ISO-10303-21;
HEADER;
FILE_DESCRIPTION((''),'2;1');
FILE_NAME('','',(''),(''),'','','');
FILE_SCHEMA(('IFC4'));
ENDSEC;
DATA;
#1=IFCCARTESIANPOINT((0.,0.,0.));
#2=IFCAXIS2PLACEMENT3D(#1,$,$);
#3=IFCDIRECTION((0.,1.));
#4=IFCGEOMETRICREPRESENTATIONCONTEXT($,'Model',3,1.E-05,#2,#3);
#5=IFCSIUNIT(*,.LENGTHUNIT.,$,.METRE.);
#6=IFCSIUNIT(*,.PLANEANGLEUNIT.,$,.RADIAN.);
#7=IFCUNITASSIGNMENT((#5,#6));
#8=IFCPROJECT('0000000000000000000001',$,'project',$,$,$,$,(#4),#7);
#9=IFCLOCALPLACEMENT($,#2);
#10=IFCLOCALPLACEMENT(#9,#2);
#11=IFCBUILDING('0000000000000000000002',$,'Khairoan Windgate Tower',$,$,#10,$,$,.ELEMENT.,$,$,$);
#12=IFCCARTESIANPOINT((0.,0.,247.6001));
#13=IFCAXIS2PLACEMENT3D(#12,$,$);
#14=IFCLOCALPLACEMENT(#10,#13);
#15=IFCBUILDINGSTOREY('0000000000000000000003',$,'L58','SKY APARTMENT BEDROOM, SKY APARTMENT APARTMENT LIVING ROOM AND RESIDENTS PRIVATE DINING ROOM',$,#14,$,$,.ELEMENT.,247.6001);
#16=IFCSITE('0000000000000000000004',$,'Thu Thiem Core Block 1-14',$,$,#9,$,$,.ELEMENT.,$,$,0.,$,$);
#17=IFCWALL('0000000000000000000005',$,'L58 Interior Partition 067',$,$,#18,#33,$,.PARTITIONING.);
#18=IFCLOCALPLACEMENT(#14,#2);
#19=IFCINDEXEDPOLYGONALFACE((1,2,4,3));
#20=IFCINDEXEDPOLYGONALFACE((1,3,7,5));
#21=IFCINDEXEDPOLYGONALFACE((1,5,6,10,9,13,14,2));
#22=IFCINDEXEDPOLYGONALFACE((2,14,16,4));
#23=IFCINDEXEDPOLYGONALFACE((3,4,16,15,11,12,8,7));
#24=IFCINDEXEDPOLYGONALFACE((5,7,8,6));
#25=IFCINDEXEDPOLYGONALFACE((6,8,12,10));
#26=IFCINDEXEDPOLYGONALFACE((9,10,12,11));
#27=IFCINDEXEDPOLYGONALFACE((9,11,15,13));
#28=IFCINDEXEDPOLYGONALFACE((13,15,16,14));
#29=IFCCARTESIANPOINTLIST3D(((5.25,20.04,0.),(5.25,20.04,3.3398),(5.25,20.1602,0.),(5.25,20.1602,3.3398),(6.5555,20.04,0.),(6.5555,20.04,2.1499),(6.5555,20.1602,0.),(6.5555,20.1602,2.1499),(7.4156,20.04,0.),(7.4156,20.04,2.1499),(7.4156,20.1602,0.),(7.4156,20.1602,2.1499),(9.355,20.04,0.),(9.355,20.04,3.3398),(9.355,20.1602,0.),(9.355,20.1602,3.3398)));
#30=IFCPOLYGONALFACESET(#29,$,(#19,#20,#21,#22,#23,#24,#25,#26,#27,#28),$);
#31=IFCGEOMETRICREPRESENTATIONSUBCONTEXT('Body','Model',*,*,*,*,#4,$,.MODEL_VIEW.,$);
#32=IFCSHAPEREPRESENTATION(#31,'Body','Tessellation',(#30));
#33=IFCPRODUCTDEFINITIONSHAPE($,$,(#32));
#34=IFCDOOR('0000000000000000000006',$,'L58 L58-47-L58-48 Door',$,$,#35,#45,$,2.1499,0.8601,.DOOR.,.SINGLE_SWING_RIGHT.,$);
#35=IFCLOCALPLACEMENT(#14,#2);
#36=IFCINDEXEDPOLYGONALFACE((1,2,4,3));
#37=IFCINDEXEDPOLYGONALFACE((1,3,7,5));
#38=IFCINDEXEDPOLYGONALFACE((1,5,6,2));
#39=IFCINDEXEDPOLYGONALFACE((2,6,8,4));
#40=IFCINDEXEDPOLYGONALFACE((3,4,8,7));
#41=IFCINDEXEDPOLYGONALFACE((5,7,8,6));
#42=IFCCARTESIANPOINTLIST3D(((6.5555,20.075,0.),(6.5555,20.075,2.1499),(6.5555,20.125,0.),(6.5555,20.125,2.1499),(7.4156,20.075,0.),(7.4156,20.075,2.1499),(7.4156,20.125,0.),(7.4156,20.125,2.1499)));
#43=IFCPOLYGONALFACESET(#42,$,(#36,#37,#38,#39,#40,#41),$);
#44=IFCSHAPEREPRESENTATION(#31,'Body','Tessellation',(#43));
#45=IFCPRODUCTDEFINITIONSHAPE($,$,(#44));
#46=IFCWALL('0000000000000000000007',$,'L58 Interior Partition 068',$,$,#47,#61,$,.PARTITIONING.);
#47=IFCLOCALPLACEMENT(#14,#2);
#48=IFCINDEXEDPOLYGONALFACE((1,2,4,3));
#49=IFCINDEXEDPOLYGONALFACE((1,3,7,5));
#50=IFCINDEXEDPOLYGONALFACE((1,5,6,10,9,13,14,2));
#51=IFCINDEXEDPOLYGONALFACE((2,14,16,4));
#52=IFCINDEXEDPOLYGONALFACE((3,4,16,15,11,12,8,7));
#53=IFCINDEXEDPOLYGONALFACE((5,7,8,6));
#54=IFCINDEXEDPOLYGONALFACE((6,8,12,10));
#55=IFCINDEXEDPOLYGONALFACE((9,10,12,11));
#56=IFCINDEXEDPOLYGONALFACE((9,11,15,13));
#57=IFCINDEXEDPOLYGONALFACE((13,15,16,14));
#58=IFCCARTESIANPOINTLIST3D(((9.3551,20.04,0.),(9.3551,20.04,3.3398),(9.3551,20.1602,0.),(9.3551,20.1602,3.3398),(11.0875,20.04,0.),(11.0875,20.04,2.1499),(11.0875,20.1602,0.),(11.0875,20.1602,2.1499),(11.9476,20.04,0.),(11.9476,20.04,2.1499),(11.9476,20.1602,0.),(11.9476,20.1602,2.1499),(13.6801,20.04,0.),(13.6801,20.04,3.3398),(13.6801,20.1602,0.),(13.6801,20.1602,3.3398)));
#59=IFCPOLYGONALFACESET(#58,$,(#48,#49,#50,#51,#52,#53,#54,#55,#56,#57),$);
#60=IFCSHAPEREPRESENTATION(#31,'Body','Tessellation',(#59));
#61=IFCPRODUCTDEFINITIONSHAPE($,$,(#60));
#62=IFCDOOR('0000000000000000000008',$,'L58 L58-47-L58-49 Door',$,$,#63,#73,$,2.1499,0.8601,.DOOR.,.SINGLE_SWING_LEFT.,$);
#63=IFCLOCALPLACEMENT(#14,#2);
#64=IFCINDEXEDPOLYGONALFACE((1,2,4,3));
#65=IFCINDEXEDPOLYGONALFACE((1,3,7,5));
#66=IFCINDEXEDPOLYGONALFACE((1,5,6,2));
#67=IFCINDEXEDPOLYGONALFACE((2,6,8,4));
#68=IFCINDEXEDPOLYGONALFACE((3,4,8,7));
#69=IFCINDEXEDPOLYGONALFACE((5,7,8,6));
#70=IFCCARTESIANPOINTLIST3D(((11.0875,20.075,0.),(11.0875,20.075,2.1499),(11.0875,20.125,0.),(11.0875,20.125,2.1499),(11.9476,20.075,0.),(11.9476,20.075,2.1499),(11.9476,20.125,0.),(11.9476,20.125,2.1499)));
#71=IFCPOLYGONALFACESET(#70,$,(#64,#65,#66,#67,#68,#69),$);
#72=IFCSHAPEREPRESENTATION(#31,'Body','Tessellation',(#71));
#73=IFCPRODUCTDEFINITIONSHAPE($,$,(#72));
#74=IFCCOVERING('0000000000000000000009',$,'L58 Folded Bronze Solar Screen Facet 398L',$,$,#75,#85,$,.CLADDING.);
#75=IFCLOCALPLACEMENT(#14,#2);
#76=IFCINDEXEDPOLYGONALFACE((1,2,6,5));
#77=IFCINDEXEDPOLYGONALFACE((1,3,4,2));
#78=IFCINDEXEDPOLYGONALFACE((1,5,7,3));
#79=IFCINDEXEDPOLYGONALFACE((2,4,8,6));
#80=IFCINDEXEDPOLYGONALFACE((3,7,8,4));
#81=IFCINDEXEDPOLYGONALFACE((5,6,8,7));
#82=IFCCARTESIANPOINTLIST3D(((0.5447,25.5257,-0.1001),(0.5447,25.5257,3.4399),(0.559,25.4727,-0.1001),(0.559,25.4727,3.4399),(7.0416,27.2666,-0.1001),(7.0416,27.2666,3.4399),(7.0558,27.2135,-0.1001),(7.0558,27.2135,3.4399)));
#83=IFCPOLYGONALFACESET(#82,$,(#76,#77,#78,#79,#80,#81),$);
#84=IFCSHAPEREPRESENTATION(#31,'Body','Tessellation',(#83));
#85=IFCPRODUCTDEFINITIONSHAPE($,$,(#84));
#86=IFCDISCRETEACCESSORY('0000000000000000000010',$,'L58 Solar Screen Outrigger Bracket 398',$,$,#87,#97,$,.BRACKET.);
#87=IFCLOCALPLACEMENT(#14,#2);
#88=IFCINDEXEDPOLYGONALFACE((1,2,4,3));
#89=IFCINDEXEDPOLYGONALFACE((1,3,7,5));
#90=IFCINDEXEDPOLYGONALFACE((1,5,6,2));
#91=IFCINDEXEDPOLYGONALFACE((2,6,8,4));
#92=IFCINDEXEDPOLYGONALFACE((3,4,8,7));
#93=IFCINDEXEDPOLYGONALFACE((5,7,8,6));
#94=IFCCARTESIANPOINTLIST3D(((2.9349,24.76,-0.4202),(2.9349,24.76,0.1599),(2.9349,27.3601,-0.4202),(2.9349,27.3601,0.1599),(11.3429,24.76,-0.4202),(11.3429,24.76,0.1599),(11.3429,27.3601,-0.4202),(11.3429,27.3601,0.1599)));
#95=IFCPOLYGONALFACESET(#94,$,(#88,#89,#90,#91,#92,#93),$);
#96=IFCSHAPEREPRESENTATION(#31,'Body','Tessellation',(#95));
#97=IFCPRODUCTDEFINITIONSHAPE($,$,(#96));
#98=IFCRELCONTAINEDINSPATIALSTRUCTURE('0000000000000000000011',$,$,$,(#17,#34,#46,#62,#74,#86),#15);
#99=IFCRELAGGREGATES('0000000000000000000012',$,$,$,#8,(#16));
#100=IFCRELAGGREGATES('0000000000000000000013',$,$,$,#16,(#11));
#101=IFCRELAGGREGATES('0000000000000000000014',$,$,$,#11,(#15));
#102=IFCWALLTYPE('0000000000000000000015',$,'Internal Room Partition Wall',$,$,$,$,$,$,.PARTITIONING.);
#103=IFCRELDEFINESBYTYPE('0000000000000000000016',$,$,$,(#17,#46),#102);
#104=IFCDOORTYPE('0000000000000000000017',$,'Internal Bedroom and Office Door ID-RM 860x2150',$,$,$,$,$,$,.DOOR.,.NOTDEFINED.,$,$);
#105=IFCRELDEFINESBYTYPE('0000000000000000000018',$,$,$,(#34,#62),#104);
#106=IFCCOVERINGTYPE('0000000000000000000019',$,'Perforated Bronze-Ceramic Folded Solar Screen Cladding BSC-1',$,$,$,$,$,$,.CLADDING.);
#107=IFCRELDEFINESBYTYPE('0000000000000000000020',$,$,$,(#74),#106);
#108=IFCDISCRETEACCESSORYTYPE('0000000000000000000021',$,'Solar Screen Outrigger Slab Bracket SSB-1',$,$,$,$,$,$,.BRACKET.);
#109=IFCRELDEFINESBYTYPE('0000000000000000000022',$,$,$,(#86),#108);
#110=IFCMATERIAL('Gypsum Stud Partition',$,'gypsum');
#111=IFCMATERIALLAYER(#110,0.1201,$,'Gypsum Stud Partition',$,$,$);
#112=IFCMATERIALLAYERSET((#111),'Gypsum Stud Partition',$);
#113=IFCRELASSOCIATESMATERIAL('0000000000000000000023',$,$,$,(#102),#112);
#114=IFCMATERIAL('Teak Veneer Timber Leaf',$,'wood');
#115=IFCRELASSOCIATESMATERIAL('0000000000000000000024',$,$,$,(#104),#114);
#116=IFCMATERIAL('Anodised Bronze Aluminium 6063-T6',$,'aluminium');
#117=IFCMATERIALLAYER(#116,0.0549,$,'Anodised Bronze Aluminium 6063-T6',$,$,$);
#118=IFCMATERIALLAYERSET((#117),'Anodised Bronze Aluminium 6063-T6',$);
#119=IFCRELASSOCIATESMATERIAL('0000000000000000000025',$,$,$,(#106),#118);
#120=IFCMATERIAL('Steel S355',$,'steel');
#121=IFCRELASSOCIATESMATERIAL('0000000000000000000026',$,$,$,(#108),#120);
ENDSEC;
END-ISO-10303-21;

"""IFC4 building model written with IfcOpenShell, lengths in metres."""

from ifc_helpers import new_model, si_unit, direction, frame, frame_2d, origin, origin_2d, place, context, subcontext, project, spatial, rectangle, extrude, material, layer, layer_set, type_object, element, fill, save


model = new_model("IFC4")

# Units and contexts
model_context = context("Model", 3, precision=1e-05, world=origin(), true_north=direction((0.0, 1.0)))
body_context = subcontext(model_context, "Body", "Model", "MODEL_VIEW")
ifc_project = project(units=[si_unit("LENGTHUNIT", "METRE"), si_unit("PLANEANGLEUNIT", "RADIAN")], contexts=[model_context])

# Site, building, storey
site_placement = place(None, origin())
site = spatial("IfcSite", under=ifc_project, at=site_placement, Name="Thu Thiem Core Block 1-14", CompositionType="ELEMENT", RefElevation=0.0)
building_placement = place(site_placement, origin())
building = spatial("IfcBuilding", under=site, at=building_placement, Name="Khairoan Windgate Tower", CompositionType="ELEMENT")
storey_placement = place(building_placement, frame((0.0, 0.0, 247.6001)))
storey = spatial("IfcBuildingStorey", under=building, at=storey_placement, Name="L58", Description="SKY APARTMENT BEDROOM, SKY APARTMENT APARTMENT LIVING ROOM AND RESIDENTS PRIVATE DINING ROOM", CompositionType="ELEMENT", Elevation=247.6001)

# Shared definitions
ifc_material_1 = material(Name="Gypsum Stud Partition", Category="gypsum")
ifc_layer_1 = layer(ifc_material_1, 0.1201, Name="Gypsum Stud Partition")
ifc_layer_set_1 = layer_set([ifc_layer_1], Name="Gypsum Stud Partition")
wall_type_1 = type_object("IfcWallType", Name="Internal Room Partition Wall", PredefinedType="PARTITIONING", material=ifc_layer_set_1)
ifc_material_2 = material(Name="Teak Veneer Timber Leaf", Category="wood")
door_type_1 = type_object("IfcDoorType", Name="Internal Bedroom and Office Door ID-RM 860x2150", OperationType="NOTDEFINED", PredefinedType="DOOR", material=ifc_material_2)

# Walls, openings, doors
wall_1_placement = place(storey_placement, frame((5.25, 20.1001, 0.0), z_axis=(0.0, 0.0, 1.0), x_axis=(1.0, 0.0, 0.0)))
wall_1 = element("IfcWall", 1, at=wall_1_placement, inside=storey, type_object=wall_type_1, Name="L58 Interior Partition 067", PredefinedType="PARTITIONING", context=body_context, shape_type="SweptSolid", body=[
    extrude(rectangle(XDim=4.105, YDim=0.1201, at=frame_2d((2.0525, 0.0))), origin(), (0.0, 0.0, 1.0), 3.3398),
])
opening_1_placement = place(wall_1_placement, frame((1.3054, 0.0, 0.0)))
opening_1 = element("IfcOpeningElement", 2, at=opening_1_placement, cuts=wall_1, PredefinedType="OPENING", context=body_context, shape_type="SweptSolid", body=[
    extrude(rectangle(XDim=0.8601, YDim=2.1499, at=frame_2d((0.4302, 1.075))), frame((0.0, 0.0701, 0.0), z_axis=(0.0, -1.0, 0.0), x_axis=(1.0, 0.0, 0.0)), (0.0, 0.0, 1.0), 0.1401),
])
door_1_placement = place(opening_1_placement, origin())
door_1 = element("IfcDoor", 3, at=door_1_placement, inside=storey, type_object=door_type_1, Name="L58 L58-47-L58-48 Door", OperationType="SINGLE_SWING_RIGHT", OverallHeight=2.1499, OverallWidth=0.8601, PredefinedType="DOOR", context=body_context, shape_type="SweptSolid", body=[
    extrude(rectangle(XDim=0.8601, YDim=2.1499, at=frame_2d((0.4302, 1.075))), frame((0.0, 0.0249, 0.0), z_axis=(0.0, -1.0, 0.0), x_axis=(1.0, 0.0, 0.0)), (0.0, 0.0, 1.0), 0.05),
])
fill(opening_1, door_1)
wall_2_placement = place(storey_placement, frame((9.355, 20.1001, 0.0), z_axis=(0.0, 0.0, 1.0), x_axis=(1.0, 0.0, 0.0)))
wall_2 = element("IfcWall", 4, at=wall_2_placement, inside=storey, type_object=wall_type_1, Name="L58 Interior Partition 068", PredefinedType="PARTITIONING", context=body_context, shape_type="SweptSolid", body=[
    extrude(rectangle(XDim=4.325, YDim=0.1201, at=frame_2d((2.1626, 0.0))), origin(), (0.0, 0.0, 1.0), 3.3398),
])
opening_2_placement = place(wall_2_placement, frame((1.7324, 0.0, 0.0)))
opening_2 = element("IfcOpeningElement", 5, at=opening_2_placement, cuts=wall_2, PredefinedType="OPENING", context=body_context, shape_type="SweptSolid", body=[
    extrude(rectangle(XDim=0.8601, YDim=2.1499, at=frame_2d((0.4302, 1.075))), frame((0.0, 0.0701, 0.0), z_axis=(0.0, -1.0, 0.0), x_axis=(1.0, 0.0, 0.0)), (0.0, 0.0, 1.0), 0.1401),
])
door_2_placement = place(opening_2_placement, origin())
door_2 = element("IfcDoor", 6, at=door_2_placement, inside=storey, type_object=door_type_1, Name="L58 L58-47-L58-49 Door", OperationType="SINGLE_SWING_LEFT", OverallHeight=2.1499, OverallWidth=0.8601, PredefinedType="DOOR", context=body_context, shape_type="SweptSolid", body=[
    extrude(rectangle(XDim=0.8601, YDim=2.1499, at=frame_2d((0.4302, 1.075))), frame((0.0, 0.0249, 0.0), z_axis=(0.0, -1.0, 0.0), x_axis=(1.0, 0.0, 0.0)), (0.0, 0.0, 1.0), 0.05),
])
fill(opening_2, door_2)

# Covering
ifc_material_3 = material(Name="Anodised Bronze Aluminium 6063-T6", Category="aluminium")
ifc_layer_2 = layer(ifc_material_3, 0.0549, Name="Anodised Bronze Aluminium 6063-T6")
ifc_layer_set_2 = layer_set([ifc_layer_2], Name="Anodised Bronze Aluminium 6063-T6")
covering_type = type_object("IfcCoveringType", Name="Perforated Bronze-Ceramic Folded Solar Screen Cladding BSC-1", PredefinedType="CLADDING", material=ifc_layer_set_2)
covering_placement = place(storey_placement, frame((3.8003, 26.3696, -0.1001), z_axis=(0.0, 0.0, 1.0), x_axis=(0.965926, 0.258819, 0.0)))
element("IfcCovering", 7, at=covering_placement, inside=storey, type_object=covering_type, Name="L58 Folded Bronze Solar Screen Facet 398L", PredefinedType="CLADDING", context=body_context, shape_type="SweptSolid", body=[
    extrude(rectangle(XDim=6.7261, YDim=0.0549, at=origin_2d()), origin(), (0.0, 0.0, 1.0), 3.54),
])

# Discrete accessory
ifc_material_4 = material(Name="Steel S355", Category="steel")
discrete_accessory_type = type_object("IfcDiscreteAccessoryType", Name="Solar Screen Outrigger Slab Bracket SSB-1", PredefinedType="BRACKET", material=ifc_material_4)
discrete_accessory_placement = place(storey_placement, frame((7.1389, 26.0601, -0.4202), z_axis=(0.0, 0.0, 1.0), x_axis=(1.0, 0.0, 0.0)))
element("IfcDiscreteAccessory", 8, at=discrete_accessory_placement, inside=storey, type_object=discrete_accessory_type, Name="L58 Solar Screen Outrigger Bracket 398", PredefinedType="BRACKET", context=body_context, shape_type="SweptSolid", body=[
    extrude(rectangle(XDim=8.408, YDim=2.6001, at=origin_2d()), origin(), (0.0, 0.0, 1.0), 0.5801),
])

save(model, "model.ifc")
